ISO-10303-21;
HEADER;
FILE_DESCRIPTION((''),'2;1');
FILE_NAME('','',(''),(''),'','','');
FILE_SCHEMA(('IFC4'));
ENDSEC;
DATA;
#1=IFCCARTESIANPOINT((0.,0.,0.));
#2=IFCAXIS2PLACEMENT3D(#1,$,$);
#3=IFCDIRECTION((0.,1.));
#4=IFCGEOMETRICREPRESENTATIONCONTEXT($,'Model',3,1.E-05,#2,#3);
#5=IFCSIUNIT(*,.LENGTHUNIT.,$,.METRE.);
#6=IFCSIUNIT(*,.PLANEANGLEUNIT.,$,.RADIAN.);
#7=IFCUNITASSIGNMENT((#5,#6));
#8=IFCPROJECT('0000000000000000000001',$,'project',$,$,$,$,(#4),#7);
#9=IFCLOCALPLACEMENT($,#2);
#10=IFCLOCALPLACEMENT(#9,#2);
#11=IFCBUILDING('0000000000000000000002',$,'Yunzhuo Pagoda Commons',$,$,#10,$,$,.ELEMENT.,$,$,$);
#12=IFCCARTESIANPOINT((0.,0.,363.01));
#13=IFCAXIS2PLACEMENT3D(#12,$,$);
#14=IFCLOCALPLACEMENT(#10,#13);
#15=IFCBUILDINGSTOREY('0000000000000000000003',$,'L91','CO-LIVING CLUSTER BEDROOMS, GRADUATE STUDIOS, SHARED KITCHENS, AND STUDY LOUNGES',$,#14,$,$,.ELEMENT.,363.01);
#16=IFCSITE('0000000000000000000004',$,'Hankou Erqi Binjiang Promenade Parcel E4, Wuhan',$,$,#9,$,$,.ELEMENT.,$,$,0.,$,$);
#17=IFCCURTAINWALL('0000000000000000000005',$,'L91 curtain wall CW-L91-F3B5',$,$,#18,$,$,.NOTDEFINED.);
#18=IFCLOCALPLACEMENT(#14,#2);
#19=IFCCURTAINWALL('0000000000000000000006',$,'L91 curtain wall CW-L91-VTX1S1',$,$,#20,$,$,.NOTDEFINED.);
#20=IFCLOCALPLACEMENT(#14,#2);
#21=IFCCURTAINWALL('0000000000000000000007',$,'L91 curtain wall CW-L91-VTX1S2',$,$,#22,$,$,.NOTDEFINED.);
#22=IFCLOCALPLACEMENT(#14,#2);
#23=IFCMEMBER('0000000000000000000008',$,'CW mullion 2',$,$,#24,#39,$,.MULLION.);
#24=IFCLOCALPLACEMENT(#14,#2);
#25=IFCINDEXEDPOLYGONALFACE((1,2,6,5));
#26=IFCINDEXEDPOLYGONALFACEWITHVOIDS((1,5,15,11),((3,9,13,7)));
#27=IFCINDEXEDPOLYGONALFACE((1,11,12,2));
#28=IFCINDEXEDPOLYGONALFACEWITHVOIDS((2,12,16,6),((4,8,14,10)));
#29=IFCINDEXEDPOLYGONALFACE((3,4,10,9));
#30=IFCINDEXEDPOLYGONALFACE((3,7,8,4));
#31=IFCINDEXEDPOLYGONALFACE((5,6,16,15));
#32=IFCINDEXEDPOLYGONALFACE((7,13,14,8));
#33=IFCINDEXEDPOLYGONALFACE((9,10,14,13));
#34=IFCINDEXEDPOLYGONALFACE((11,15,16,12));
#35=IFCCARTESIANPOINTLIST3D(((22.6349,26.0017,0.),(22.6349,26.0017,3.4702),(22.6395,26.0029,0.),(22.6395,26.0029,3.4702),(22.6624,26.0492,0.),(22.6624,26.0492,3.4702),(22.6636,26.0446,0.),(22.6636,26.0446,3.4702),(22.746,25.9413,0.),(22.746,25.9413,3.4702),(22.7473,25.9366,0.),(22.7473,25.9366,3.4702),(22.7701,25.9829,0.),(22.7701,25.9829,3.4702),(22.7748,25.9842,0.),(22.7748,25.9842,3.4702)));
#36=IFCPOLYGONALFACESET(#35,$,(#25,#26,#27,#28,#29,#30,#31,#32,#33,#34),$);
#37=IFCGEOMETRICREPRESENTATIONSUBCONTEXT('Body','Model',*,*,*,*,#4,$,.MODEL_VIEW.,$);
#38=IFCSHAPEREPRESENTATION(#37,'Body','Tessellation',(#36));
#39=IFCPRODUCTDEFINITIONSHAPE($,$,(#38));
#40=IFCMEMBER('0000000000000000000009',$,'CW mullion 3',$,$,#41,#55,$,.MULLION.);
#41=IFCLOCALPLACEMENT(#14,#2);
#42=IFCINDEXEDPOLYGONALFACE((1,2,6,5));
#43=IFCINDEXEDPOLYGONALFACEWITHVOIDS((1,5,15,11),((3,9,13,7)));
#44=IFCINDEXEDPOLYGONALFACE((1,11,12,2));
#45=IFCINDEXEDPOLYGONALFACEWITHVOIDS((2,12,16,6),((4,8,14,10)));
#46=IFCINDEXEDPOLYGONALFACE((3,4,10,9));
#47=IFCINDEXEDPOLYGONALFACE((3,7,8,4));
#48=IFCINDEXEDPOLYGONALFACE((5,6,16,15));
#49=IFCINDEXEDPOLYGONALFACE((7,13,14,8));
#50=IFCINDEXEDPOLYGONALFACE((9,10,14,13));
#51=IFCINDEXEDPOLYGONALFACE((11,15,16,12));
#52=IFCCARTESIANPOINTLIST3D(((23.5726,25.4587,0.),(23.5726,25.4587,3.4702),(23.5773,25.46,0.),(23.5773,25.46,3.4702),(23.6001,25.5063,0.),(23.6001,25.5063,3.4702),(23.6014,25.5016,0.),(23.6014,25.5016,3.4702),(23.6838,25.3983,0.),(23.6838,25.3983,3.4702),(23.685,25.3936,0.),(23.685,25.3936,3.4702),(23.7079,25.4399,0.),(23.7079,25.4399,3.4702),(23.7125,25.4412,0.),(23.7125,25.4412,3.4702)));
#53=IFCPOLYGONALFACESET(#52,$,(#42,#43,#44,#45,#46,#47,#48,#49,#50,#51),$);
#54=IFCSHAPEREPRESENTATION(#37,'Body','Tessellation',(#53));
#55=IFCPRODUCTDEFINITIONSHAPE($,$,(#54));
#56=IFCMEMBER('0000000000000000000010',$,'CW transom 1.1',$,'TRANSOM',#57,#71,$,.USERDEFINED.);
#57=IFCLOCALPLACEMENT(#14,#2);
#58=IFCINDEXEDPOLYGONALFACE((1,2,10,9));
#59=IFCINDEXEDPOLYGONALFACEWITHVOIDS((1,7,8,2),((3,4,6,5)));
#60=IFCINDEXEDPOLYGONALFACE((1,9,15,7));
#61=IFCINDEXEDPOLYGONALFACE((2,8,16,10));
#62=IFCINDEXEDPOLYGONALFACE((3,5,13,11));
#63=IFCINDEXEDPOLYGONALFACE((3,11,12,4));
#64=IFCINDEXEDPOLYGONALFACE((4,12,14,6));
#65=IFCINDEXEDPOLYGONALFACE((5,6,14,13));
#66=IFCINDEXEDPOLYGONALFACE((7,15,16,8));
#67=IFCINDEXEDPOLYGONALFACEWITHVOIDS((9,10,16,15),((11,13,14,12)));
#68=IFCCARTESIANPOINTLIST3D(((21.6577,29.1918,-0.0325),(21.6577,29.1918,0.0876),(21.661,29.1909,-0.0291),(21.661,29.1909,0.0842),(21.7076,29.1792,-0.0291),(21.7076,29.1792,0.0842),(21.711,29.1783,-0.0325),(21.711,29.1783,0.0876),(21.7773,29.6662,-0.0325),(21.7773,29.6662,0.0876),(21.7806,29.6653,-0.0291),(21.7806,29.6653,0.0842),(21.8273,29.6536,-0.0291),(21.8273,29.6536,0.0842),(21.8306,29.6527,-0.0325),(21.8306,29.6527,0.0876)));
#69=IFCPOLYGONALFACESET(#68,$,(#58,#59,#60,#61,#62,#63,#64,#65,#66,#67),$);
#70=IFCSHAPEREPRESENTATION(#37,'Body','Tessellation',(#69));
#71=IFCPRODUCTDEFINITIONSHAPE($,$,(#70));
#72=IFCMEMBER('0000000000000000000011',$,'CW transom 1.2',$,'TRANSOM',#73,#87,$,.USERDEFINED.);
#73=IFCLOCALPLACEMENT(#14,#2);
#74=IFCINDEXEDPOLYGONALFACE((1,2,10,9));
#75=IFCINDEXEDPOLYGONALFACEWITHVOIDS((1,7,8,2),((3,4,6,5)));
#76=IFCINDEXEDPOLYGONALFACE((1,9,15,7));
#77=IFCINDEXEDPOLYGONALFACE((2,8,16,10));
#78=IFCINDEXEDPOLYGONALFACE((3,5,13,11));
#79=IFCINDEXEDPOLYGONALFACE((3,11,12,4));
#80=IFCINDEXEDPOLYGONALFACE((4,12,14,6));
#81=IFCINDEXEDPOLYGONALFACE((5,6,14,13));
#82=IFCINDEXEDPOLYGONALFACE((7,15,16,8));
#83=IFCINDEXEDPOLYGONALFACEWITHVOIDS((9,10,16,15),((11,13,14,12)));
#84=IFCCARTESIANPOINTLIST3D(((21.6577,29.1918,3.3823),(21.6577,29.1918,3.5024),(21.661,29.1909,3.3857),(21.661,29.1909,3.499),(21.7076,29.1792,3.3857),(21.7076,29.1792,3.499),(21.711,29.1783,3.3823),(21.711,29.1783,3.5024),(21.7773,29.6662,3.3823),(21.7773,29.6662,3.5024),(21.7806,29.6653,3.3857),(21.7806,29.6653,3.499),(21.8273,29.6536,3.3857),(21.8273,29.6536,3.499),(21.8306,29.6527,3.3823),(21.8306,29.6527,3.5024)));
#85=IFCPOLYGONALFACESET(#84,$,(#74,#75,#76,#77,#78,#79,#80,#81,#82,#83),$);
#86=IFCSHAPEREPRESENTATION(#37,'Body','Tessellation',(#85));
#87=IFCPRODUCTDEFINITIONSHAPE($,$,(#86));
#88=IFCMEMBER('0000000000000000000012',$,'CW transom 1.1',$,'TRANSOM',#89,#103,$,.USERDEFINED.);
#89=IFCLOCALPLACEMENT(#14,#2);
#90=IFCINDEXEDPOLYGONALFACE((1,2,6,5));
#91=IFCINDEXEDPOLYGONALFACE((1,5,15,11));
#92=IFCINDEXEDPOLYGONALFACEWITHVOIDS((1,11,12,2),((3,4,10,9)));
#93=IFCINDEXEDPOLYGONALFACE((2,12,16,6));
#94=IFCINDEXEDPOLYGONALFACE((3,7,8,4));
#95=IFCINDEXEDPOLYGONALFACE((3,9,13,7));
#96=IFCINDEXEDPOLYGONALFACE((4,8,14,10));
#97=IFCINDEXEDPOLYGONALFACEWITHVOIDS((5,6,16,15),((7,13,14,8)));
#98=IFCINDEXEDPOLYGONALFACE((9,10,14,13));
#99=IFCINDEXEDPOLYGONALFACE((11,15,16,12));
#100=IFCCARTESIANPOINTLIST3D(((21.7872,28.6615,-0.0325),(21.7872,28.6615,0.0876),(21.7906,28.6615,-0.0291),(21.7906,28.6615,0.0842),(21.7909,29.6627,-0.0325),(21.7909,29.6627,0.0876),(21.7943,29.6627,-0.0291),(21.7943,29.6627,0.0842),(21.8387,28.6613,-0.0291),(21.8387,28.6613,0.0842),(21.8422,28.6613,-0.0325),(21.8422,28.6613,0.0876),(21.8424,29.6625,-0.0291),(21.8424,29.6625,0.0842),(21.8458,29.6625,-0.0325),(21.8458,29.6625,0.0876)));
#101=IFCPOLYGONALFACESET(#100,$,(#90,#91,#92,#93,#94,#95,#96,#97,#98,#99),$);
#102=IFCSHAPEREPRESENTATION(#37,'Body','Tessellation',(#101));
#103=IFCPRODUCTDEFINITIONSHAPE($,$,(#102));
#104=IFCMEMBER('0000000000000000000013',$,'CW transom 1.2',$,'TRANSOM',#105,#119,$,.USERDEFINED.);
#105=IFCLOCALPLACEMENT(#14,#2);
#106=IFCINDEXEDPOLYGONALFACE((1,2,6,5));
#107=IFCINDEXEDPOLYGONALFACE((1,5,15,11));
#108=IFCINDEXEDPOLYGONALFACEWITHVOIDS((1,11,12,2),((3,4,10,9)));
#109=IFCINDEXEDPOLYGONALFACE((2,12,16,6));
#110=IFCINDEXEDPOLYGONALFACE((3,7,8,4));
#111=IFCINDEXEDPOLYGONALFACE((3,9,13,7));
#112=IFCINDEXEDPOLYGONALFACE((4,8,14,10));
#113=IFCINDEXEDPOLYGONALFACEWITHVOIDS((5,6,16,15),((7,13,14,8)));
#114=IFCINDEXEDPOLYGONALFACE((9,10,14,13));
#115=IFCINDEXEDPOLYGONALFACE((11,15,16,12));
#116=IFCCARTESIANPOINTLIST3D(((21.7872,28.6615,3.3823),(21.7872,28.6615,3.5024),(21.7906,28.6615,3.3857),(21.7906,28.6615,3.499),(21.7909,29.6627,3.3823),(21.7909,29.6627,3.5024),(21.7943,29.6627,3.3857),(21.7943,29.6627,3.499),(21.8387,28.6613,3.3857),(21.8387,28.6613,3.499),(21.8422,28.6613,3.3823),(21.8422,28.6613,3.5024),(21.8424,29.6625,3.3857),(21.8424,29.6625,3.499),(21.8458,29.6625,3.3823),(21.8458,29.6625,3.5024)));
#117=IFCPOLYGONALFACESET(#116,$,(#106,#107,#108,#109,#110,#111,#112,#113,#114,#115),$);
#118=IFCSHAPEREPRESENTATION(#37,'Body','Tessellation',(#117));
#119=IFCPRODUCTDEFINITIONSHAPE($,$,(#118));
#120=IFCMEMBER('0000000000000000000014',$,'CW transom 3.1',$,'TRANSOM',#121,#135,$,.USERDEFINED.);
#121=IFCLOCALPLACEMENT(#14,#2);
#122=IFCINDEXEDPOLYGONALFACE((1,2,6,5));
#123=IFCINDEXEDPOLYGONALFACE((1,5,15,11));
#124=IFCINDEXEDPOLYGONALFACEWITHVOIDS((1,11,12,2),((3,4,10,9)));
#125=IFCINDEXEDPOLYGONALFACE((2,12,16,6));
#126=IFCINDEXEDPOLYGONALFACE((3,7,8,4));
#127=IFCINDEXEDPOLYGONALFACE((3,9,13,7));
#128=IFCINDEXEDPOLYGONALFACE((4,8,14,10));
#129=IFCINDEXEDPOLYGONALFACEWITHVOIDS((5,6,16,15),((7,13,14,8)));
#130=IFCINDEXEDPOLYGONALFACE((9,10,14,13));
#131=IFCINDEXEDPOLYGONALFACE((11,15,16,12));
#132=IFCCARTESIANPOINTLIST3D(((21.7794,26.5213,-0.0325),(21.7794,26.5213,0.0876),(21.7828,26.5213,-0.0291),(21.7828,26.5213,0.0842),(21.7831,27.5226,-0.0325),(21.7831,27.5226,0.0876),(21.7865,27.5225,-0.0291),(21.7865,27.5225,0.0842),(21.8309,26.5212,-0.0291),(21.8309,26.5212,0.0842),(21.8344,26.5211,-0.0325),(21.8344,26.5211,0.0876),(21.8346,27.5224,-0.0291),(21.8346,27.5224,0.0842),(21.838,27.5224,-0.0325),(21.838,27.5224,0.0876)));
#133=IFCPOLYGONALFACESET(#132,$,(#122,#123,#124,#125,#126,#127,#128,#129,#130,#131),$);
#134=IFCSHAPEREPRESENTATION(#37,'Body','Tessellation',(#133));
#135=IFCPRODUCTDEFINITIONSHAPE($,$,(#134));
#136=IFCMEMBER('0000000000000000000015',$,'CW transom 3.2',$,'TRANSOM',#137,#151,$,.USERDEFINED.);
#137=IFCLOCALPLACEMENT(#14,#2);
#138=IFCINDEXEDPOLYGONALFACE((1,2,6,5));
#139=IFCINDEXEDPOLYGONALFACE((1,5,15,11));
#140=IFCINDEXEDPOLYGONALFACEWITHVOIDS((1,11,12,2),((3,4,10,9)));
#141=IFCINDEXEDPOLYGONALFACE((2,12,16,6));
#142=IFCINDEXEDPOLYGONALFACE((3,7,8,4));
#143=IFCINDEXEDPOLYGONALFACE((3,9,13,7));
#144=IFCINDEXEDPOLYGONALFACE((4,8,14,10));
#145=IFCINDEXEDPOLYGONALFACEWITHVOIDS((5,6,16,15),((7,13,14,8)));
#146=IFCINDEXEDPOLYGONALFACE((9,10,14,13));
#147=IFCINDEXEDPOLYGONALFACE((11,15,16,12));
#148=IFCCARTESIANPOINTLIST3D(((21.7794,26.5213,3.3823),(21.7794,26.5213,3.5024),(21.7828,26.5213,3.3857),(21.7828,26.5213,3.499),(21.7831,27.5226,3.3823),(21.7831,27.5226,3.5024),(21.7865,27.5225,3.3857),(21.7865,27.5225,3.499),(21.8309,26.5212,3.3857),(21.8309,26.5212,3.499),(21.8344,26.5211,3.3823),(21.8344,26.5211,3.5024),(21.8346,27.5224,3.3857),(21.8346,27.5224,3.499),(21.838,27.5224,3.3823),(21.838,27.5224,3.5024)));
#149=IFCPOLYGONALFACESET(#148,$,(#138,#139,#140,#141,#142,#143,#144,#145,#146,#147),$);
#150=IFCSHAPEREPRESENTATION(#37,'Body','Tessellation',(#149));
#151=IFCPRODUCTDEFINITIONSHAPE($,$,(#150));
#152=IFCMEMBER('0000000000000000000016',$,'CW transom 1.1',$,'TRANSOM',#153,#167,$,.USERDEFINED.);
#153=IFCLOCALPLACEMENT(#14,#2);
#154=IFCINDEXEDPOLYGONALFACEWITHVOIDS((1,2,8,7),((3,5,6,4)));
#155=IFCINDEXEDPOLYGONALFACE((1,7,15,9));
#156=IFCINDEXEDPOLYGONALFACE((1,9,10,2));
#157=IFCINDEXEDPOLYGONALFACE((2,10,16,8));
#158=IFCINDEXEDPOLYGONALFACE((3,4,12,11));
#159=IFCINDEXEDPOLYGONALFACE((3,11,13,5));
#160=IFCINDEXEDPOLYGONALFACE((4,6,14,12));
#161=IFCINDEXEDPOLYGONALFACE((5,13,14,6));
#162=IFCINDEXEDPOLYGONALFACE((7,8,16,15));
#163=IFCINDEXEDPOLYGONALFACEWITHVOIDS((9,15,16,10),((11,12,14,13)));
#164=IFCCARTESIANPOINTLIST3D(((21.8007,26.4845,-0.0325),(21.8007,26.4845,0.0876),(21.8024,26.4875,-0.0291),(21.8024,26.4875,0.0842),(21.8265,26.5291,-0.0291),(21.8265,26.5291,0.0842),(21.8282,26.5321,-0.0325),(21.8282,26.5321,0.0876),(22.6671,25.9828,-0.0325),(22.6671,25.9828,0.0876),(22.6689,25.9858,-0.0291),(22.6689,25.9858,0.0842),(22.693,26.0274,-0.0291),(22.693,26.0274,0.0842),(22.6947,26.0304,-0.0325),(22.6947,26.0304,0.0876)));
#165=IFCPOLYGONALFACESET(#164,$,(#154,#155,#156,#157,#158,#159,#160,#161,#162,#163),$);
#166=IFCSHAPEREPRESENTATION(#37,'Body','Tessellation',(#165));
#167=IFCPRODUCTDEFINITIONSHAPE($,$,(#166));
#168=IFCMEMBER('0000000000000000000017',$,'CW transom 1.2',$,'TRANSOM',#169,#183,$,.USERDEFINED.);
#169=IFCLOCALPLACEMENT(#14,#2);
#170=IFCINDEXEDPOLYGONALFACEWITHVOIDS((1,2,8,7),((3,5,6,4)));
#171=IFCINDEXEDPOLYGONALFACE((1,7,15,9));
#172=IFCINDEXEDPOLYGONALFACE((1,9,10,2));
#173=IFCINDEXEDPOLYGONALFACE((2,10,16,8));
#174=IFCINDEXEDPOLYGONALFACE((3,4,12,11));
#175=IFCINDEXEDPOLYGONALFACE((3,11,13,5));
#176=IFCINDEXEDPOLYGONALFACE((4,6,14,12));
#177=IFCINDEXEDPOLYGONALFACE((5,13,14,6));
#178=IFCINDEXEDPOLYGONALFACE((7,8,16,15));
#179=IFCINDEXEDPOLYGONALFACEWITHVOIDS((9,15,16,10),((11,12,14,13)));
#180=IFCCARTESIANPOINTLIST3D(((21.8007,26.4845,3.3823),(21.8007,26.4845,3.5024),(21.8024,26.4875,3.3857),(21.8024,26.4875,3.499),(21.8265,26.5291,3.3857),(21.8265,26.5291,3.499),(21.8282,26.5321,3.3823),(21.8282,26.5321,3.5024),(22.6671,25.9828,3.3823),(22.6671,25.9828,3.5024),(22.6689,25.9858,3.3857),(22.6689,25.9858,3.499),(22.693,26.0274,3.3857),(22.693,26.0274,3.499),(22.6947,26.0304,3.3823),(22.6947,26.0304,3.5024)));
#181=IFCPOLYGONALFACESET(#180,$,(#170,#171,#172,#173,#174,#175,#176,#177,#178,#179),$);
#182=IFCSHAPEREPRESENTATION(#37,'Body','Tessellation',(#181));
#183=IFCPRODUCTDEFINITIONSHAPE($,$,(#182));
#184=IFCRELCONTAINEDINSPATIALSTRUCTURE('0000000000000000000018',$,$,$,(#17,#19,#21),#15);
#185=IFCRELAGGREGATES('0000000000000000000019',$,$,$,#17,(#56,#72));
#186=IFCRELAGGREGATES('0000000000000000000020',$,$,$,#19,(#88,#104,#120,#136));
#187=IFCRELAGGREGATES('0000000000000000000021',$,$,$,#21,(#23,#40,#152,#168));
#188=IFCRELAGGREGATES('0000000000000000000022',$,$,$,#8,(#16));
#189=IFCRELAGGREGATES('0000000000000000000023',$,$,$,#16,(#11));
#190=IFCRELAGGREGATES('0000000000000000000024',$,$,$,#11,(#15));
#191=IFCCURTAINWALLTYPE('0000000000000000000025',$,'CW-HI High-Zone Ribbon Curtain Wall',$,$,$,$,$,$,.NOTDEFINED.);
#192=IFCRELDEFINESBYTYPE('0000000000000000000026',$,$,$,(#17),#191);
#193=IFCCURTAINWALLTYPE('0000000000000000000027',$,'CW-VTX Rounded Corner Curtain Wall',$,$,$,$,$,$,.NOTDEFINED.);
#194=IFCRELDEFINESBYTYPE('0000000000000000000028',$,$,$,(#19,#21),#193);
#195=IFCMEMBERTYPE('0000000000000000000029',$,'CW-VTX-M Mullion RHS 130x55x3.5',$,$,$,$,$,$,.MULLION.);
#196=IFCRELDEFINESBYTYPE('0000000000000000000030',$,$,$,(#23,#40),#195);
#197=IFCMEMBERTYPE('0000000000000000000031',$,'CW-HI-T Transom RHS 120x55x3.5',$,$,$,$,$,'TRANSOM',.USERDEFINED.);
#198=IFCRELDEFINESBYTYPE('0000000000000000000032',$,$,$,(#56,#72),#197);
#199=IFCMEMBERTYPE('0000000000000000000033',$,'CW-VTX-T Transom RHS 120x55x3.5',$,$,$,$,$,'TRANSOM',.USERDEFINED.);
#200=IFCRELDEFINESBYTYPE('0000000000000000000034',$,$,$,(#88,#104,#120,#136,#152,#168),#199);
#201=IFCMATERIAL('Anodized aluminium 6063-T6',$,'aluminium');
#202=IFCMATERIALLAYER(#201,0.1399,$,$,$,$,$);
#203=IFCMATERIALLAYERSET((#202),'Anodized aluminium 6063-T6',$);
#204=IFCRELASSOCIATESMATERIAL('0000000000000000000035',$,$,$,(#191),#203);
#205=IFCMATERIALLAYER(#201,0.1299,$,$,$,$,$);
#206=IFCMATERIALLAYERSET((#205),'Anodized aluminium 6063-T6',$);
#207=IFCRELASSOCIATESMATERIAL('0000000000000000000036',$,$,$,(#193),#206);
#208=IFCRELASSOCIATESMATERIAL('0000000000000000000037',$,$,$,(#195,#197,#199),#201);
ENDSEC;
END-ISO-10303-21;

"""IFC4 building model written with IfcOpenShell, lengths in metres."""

from ifc_helpers import new_model, si_unit, direction, frame, origin, origin_2d, place, context, subcontext, project, spatial, hollow_rectangle, extrude, source, transform, mapped, material, layer, layer_set, material_profile, profile_set, type_object, element, aggregate, save


model = new_model("IFC4")

# Units and contexts
model_context = context("Model", 3, precision=1e-05, world=origin(), true_north=direction((0.0, 1.0)))
body_context = subcontext(model_context, "Body", "Model", "MODEL_VIEW")
ifc_project = project(units=[si_unit("LENGTHUNIT", "METRE"), si_unit("PLANEANGLEUNIT", "RADIAN")], contexts=[model_context])

# Site, building, storey
site_placement = place(None, origin())
site = spatial("IfcSite", under=ifc_project, at=site_placement, Name="Hankou Erqi Binjiang Promenade Parcel E4, Wuhan", CompositionType="ELEMENT", RefElevation=0.0)
building_placement = place(site_placement, origin())
building = spatial("IfcBuilding", under=site, at=building_placement, Name="Yunzhuo Pagoda Commons", CompositionType="ELEMENT")
storey_placement = place(building_placement, frame((0.0, 0.0, 363.01)))
storey = spatial("IfcBuildingStorey", under=building, at=storey_placement, Name="L91", Description="CO-LIVING CLUSTER BEDROOMS, GRADUATE STUDIOS, SHARED KITCHENS, AND STUDY LOUNGES", CompositionType="ELEMENT", Elevation=363.01)

# Shared definitions
ifc_material_1 = material(Name="Anodized aluminium 6063-T6", Category="aluminium")
ifc_layer_1 = layer(ifc_material_1, 0.1399)
ifc_layer_set_1 = layer_set([ifc_layer_1], Name="Anodized aluminium 6063-T6")
curtain_wall_type_1 = type_object("IfcCurtainWallType", Name="CW-HI High-Zone Ribbon Curtain Wall", PredefinedType="NOTDEFINED", material=ifc_layer_set_1)

# Curtain walls, members
curtain_wall_1_placement = place(storey_placement, origin())
curtain_wall_1 = element("IfcCurtainWall", 1, at=curtain_wall_1_placement, inside=storey, type_object=curtain_wall_type_1, Name="L91 curtain wall CW-L91-F3B5", PredefinedType="NOTDEFINED")
ifc_layer_2 = layer(ifc_material_1, 0.1299)
ifc_layer_set_2 = layer_set([ifc_layer_2], Name="Anodized aluminium 6063-T6")
curtain_wall_type_2 = type_object("IfcCurtainWallType", Name="CW-VTX Rounded Corner Curtain Wall", PredefinedType="NOTDEFINED", material=ifc_layer_set_2)
curtain_wall_2_placement = place(storey_placement, origin())
curtain_wall_2 = element("IfcCurtainWall", 2, at=curtain_wall_2_placement, inside=storey, type_object=curtain_wall_type_2, Name="L91 curtain wall CW-L91-VTX1S1", PredefinedType="NOTDEFINED")
ifc_material_profile_1 = material_profile(ifc_material_1, hollow_rectangle(XDim=0.0549, YDim=0.1299, WallThickness=0.0034, at=origin_2d()), Name="Anodized aluminium 6063-T6")
ifc_profile_set_1 = profile_set([ifc_material_profile_1], Name="Anodized aluminium 6063-T6")
member_type_1 = type_object("IfcMemberType", Name="CW-VTX-M Mullion RHS 130x55x3.5", PredefinedType="MULLION", material=ifc_profile_set_1)
shared_shape_1 = source(origin(), body_context, "Body", "SweptSolid", [
    extrude(hollow_rectangle(XDim=0.0549, YDim=0.1299, WallThickness=0.0034, at=origin_2d()), origin(), (0.0, 0.0, 1.0), 3.4702),
])
curtain_wall_3_placement = place(storey_placement, origin())
curtain_wall_3 = element("IfcCurtainWall", 3, at=curtain_wall_3_placement, inside=storey, type_object=curtain_wall_type_2, Name="L91 curtain wall CW-L91-VTX1S2", PredefinedType="NOTDEFINED")
member_1_placement = place(storey_placement, frame((22.7048, 25.9929, 0.0), z_axis=(0.0, 0.0, 1.0), x_axis=(0.501017, 0.865438, 0.0)))
member_1 = element("IfcMember", 4, at=member_1_placement, type_object=member_type_1, Name="CW mullion 2", PredefinedType="MULLION", context=body_context, shape_type="MappedRepresentation", body=[
    mapped(shared_shape_1, transform((0.0, 0.0, 0.0), scale=1.0)),
])
member_2_placement = place(storey_placement, frame((23.6426, 25.45, 0.0), z_axis=(0.0, 0.0, 1.0), x_axis=(0.501017, 0.865438, 0.0)))
member_2 = element("IfcMember", 5, at=member_2_placement, type_object=member_type_1, Name="CW mullion 3", PredefinedType="MULLION", context=body_context, shape_type="MappedRepresentation", body=[
    mapped(shared_shape_1, transform((0.0, 0.0, 0.0), scale=1.0)),
])

# Members
ifc_material_profile_2 = material_profile(ifc_material_1, hollow_rectangle(XDim=0.0549, YDim=0.1201, WallThickness=0.0034, at=origin_2d()), Name="Anodized aluminium 6063-T6")
ifc_profile_set_2 = profile_set([ifc_material_profile_2], Name="Anodized aluminium 6063-T6")
member_type_2 = type_object("IfcMemberType", Name="CW-HI-T Transom RHS 120x55x3.5", ElementType="TRANSOM", PredefinedType="USERDEFINED", material=ifc_profile_set_2)
shared_shape_2 = source(origin(), body_context, "Body", "SweptSolid", [
    extrude(hollow_rectangle(XDim=0.0549, YDim=0.1201, WallThickness=0.0034, at=origin_2d()), origin(), (0.0, 0.0, 1.0), 0.4893),
])
member_3_placement = place(storey_placement, frame((21.6843, 29.1851, 0.0276), z_axis=(0.244531, 0.969641, 0.0), x_axis=(-0.969641, 0.244531, 0.0)))
member_3 = element("IfcMember", 6, at=member_3_placement, type_object=member_type_2, Name="CW transom 1.1", ObjectType="TRANSOM", PredefinedType="USERDEFINED", context=body_context, shape_type="MappedRepresentation", body=[
    mapped(shared_shape_2, transform((0.0, 0.0, 0.0), scale=1.0)),
])
member_4_placement = place(storey_placement, frame((21.6843, 29.1851, 3.4424), z_axis=(0.244531, 0.969641, 0.0), x_axis=(-0.969641, 0.244531, 0.0)))
member_4 = element("IfcMember", 7, at=member_4_placement, type_object=member_type_2, Name="CW transom 1.2", ObjectType="TRANSOM", PredefinedType="USERDEFINED", context=body_context, shape_type="MappedRepresentation", body=[
    mapped(shared_shape_2, transform((0.0, 0.0, 0.0), scale=1.0)),
])
ifc_material_profile_3 = material_profile(ifc_material_1, hollow_rectangle(XDim=0.0549, YDim=0.1201, WallThickness=0.0034, at=origin_2d()), Name="Anodized aluminium 6063-T6")
ifc_profile_set_3 = profile_set([ifc_material_profile_3], Name="Anodized aluminium 6063-T6")
member_type_3 = type_object("IfcMemberType", Name="CW-VTX-T Transom RHS 120x55x3.5", ElementType="TRANSOM", PredefinedType="USERDEFINED", material=ifc_profile_set_3)
shared_shape_3 = source(origin(), body_context, "Body", "SweptSolid", [
    extrude(hollow_rectangle(XDim=0.0549, YDim=0.1201, WallThickness=0.0034, at=origin_2d()), origin(), (0.0, 0.0, 1.0), 1.0012),
])
member_5_placement = place(storey_placement, frame((21.8184, 29.6626, 0.0276), z_axis=(-0.003658, -0.999993, 0.0), x_axis=(0.999993, -0.003658, 0.0)))
member_5 = element("IfcMember", 8, at=member_5_placement, type_object=member_type_3, Name="CW transom 1.1", ObjectType="TRANSOM", PredefinedType="USERDEFINED", context=body_context, shape_type="MappedRepresentation", body=[
    mapped(shared_shape_3, transform((0.0, 0.0, 0.0), scale=1.0)),
])
member_6_placement = place(storey_placement, frame((21.8184, 29.6626, 3.4424), z_axis=(-0.003658, -0.999993, 0.0), x_axis=(0.999993, -0.003658, 0.0)))
member_6 = element("IfcMember", 9, at=member_6_placement, type_object=member_type_3, Name="CW transom 1.2", ObjectType="TRANSOM", PredefinedType="USERDEFINED", context=body_context, shape_type="MappedRepresentation", body=[
    mapped(shared_shape_3, transform((0.0, 0.0, 0.0), scale=1.0)),
])
member_7_placement = place(storey_placement, frame((21.8105, 27.5225, 0.0276), z_axis=(-0.003658, -0.999993, 0.0), x_axis=(0.999993, -0.003658, 0.0)))
member_7 = element("IfcMember", 10, at=member_7_placement, type_object=member_type_3, Name="CW transom 3.1", ObjectType="TRANSOM", PredefinedType="USERDEFINED", context=body_context, shape_type="MappedRepresentation", body=[
    mapped(shared_shape_3, transform((0.0, 0.0, 0.0), scale=1.0)),
])
member_8_placement = place(storey_placement, frame((21.8105, 27.5225, 3.4424), z_axis=(-0.003658, -0.999993, 0.0), x_axis=(0.999993, -0.003658, 0.0)))
member_8 = element("IfcMember", 11, at=member_8_placement, type_object=member_type_3, Name="CW transom 3.2", ObjectType="TRANSOM", PredefinedType="USERDEFINED", context=body_context, shape_type="MappedRepresentation", body=[
    mapped(shared_shape_3, transform((0.0, 0.0, 0.0), scale=1.0)),
])
member_9_placement = place(storey_placement, frame((21.8145, 26.5083, 0.0276), z_axis=(0.865393, -0.501094, 0.0), x_axis=(0.501094, 0.865393, 0.0)))
member_9 = element("IfcMember", 12, at=member_9_placement, type_object=member_type_3, Name="CW transom 1.1", ObjectType="TRANSOM", PredefinedType="USERDEFINED", context=body_context, shape_type="MappedRepresentation", body=[
    mapped(shared_shape_3, transform((0.0, 0.0, 0.0), scale=1.0)),
])
member_10_placement = place(storey_placement, frame((21.8145, 26.5083, 3.4424), z_axis=(0.865393, -0.501094, 0.0), x_axis=(0.501094, 0.865393, 0.0)))
member_10 = element("IfcMember", 13, at=member_10_placement, type_object=member_type_3, Name="CW transom 1.2", ObjectType="TRANSOM", PredefinedType="USERDEFINED", context=body_context, shape_type="MappedRepresentation", body=[
    mapped(shared_shape_3, transform((0.0, 0.0, 0.0), scale=1.0)),
])

aggregate(curtain_wall_1, [member_3, member_4])
aggregate(curtain_wall_2, [member_5, member_6, member_7, member_8])
aggregate(curtain_wall_3, [member_1, member_2, member_9, member_10])

save(model, "model.ifc")
